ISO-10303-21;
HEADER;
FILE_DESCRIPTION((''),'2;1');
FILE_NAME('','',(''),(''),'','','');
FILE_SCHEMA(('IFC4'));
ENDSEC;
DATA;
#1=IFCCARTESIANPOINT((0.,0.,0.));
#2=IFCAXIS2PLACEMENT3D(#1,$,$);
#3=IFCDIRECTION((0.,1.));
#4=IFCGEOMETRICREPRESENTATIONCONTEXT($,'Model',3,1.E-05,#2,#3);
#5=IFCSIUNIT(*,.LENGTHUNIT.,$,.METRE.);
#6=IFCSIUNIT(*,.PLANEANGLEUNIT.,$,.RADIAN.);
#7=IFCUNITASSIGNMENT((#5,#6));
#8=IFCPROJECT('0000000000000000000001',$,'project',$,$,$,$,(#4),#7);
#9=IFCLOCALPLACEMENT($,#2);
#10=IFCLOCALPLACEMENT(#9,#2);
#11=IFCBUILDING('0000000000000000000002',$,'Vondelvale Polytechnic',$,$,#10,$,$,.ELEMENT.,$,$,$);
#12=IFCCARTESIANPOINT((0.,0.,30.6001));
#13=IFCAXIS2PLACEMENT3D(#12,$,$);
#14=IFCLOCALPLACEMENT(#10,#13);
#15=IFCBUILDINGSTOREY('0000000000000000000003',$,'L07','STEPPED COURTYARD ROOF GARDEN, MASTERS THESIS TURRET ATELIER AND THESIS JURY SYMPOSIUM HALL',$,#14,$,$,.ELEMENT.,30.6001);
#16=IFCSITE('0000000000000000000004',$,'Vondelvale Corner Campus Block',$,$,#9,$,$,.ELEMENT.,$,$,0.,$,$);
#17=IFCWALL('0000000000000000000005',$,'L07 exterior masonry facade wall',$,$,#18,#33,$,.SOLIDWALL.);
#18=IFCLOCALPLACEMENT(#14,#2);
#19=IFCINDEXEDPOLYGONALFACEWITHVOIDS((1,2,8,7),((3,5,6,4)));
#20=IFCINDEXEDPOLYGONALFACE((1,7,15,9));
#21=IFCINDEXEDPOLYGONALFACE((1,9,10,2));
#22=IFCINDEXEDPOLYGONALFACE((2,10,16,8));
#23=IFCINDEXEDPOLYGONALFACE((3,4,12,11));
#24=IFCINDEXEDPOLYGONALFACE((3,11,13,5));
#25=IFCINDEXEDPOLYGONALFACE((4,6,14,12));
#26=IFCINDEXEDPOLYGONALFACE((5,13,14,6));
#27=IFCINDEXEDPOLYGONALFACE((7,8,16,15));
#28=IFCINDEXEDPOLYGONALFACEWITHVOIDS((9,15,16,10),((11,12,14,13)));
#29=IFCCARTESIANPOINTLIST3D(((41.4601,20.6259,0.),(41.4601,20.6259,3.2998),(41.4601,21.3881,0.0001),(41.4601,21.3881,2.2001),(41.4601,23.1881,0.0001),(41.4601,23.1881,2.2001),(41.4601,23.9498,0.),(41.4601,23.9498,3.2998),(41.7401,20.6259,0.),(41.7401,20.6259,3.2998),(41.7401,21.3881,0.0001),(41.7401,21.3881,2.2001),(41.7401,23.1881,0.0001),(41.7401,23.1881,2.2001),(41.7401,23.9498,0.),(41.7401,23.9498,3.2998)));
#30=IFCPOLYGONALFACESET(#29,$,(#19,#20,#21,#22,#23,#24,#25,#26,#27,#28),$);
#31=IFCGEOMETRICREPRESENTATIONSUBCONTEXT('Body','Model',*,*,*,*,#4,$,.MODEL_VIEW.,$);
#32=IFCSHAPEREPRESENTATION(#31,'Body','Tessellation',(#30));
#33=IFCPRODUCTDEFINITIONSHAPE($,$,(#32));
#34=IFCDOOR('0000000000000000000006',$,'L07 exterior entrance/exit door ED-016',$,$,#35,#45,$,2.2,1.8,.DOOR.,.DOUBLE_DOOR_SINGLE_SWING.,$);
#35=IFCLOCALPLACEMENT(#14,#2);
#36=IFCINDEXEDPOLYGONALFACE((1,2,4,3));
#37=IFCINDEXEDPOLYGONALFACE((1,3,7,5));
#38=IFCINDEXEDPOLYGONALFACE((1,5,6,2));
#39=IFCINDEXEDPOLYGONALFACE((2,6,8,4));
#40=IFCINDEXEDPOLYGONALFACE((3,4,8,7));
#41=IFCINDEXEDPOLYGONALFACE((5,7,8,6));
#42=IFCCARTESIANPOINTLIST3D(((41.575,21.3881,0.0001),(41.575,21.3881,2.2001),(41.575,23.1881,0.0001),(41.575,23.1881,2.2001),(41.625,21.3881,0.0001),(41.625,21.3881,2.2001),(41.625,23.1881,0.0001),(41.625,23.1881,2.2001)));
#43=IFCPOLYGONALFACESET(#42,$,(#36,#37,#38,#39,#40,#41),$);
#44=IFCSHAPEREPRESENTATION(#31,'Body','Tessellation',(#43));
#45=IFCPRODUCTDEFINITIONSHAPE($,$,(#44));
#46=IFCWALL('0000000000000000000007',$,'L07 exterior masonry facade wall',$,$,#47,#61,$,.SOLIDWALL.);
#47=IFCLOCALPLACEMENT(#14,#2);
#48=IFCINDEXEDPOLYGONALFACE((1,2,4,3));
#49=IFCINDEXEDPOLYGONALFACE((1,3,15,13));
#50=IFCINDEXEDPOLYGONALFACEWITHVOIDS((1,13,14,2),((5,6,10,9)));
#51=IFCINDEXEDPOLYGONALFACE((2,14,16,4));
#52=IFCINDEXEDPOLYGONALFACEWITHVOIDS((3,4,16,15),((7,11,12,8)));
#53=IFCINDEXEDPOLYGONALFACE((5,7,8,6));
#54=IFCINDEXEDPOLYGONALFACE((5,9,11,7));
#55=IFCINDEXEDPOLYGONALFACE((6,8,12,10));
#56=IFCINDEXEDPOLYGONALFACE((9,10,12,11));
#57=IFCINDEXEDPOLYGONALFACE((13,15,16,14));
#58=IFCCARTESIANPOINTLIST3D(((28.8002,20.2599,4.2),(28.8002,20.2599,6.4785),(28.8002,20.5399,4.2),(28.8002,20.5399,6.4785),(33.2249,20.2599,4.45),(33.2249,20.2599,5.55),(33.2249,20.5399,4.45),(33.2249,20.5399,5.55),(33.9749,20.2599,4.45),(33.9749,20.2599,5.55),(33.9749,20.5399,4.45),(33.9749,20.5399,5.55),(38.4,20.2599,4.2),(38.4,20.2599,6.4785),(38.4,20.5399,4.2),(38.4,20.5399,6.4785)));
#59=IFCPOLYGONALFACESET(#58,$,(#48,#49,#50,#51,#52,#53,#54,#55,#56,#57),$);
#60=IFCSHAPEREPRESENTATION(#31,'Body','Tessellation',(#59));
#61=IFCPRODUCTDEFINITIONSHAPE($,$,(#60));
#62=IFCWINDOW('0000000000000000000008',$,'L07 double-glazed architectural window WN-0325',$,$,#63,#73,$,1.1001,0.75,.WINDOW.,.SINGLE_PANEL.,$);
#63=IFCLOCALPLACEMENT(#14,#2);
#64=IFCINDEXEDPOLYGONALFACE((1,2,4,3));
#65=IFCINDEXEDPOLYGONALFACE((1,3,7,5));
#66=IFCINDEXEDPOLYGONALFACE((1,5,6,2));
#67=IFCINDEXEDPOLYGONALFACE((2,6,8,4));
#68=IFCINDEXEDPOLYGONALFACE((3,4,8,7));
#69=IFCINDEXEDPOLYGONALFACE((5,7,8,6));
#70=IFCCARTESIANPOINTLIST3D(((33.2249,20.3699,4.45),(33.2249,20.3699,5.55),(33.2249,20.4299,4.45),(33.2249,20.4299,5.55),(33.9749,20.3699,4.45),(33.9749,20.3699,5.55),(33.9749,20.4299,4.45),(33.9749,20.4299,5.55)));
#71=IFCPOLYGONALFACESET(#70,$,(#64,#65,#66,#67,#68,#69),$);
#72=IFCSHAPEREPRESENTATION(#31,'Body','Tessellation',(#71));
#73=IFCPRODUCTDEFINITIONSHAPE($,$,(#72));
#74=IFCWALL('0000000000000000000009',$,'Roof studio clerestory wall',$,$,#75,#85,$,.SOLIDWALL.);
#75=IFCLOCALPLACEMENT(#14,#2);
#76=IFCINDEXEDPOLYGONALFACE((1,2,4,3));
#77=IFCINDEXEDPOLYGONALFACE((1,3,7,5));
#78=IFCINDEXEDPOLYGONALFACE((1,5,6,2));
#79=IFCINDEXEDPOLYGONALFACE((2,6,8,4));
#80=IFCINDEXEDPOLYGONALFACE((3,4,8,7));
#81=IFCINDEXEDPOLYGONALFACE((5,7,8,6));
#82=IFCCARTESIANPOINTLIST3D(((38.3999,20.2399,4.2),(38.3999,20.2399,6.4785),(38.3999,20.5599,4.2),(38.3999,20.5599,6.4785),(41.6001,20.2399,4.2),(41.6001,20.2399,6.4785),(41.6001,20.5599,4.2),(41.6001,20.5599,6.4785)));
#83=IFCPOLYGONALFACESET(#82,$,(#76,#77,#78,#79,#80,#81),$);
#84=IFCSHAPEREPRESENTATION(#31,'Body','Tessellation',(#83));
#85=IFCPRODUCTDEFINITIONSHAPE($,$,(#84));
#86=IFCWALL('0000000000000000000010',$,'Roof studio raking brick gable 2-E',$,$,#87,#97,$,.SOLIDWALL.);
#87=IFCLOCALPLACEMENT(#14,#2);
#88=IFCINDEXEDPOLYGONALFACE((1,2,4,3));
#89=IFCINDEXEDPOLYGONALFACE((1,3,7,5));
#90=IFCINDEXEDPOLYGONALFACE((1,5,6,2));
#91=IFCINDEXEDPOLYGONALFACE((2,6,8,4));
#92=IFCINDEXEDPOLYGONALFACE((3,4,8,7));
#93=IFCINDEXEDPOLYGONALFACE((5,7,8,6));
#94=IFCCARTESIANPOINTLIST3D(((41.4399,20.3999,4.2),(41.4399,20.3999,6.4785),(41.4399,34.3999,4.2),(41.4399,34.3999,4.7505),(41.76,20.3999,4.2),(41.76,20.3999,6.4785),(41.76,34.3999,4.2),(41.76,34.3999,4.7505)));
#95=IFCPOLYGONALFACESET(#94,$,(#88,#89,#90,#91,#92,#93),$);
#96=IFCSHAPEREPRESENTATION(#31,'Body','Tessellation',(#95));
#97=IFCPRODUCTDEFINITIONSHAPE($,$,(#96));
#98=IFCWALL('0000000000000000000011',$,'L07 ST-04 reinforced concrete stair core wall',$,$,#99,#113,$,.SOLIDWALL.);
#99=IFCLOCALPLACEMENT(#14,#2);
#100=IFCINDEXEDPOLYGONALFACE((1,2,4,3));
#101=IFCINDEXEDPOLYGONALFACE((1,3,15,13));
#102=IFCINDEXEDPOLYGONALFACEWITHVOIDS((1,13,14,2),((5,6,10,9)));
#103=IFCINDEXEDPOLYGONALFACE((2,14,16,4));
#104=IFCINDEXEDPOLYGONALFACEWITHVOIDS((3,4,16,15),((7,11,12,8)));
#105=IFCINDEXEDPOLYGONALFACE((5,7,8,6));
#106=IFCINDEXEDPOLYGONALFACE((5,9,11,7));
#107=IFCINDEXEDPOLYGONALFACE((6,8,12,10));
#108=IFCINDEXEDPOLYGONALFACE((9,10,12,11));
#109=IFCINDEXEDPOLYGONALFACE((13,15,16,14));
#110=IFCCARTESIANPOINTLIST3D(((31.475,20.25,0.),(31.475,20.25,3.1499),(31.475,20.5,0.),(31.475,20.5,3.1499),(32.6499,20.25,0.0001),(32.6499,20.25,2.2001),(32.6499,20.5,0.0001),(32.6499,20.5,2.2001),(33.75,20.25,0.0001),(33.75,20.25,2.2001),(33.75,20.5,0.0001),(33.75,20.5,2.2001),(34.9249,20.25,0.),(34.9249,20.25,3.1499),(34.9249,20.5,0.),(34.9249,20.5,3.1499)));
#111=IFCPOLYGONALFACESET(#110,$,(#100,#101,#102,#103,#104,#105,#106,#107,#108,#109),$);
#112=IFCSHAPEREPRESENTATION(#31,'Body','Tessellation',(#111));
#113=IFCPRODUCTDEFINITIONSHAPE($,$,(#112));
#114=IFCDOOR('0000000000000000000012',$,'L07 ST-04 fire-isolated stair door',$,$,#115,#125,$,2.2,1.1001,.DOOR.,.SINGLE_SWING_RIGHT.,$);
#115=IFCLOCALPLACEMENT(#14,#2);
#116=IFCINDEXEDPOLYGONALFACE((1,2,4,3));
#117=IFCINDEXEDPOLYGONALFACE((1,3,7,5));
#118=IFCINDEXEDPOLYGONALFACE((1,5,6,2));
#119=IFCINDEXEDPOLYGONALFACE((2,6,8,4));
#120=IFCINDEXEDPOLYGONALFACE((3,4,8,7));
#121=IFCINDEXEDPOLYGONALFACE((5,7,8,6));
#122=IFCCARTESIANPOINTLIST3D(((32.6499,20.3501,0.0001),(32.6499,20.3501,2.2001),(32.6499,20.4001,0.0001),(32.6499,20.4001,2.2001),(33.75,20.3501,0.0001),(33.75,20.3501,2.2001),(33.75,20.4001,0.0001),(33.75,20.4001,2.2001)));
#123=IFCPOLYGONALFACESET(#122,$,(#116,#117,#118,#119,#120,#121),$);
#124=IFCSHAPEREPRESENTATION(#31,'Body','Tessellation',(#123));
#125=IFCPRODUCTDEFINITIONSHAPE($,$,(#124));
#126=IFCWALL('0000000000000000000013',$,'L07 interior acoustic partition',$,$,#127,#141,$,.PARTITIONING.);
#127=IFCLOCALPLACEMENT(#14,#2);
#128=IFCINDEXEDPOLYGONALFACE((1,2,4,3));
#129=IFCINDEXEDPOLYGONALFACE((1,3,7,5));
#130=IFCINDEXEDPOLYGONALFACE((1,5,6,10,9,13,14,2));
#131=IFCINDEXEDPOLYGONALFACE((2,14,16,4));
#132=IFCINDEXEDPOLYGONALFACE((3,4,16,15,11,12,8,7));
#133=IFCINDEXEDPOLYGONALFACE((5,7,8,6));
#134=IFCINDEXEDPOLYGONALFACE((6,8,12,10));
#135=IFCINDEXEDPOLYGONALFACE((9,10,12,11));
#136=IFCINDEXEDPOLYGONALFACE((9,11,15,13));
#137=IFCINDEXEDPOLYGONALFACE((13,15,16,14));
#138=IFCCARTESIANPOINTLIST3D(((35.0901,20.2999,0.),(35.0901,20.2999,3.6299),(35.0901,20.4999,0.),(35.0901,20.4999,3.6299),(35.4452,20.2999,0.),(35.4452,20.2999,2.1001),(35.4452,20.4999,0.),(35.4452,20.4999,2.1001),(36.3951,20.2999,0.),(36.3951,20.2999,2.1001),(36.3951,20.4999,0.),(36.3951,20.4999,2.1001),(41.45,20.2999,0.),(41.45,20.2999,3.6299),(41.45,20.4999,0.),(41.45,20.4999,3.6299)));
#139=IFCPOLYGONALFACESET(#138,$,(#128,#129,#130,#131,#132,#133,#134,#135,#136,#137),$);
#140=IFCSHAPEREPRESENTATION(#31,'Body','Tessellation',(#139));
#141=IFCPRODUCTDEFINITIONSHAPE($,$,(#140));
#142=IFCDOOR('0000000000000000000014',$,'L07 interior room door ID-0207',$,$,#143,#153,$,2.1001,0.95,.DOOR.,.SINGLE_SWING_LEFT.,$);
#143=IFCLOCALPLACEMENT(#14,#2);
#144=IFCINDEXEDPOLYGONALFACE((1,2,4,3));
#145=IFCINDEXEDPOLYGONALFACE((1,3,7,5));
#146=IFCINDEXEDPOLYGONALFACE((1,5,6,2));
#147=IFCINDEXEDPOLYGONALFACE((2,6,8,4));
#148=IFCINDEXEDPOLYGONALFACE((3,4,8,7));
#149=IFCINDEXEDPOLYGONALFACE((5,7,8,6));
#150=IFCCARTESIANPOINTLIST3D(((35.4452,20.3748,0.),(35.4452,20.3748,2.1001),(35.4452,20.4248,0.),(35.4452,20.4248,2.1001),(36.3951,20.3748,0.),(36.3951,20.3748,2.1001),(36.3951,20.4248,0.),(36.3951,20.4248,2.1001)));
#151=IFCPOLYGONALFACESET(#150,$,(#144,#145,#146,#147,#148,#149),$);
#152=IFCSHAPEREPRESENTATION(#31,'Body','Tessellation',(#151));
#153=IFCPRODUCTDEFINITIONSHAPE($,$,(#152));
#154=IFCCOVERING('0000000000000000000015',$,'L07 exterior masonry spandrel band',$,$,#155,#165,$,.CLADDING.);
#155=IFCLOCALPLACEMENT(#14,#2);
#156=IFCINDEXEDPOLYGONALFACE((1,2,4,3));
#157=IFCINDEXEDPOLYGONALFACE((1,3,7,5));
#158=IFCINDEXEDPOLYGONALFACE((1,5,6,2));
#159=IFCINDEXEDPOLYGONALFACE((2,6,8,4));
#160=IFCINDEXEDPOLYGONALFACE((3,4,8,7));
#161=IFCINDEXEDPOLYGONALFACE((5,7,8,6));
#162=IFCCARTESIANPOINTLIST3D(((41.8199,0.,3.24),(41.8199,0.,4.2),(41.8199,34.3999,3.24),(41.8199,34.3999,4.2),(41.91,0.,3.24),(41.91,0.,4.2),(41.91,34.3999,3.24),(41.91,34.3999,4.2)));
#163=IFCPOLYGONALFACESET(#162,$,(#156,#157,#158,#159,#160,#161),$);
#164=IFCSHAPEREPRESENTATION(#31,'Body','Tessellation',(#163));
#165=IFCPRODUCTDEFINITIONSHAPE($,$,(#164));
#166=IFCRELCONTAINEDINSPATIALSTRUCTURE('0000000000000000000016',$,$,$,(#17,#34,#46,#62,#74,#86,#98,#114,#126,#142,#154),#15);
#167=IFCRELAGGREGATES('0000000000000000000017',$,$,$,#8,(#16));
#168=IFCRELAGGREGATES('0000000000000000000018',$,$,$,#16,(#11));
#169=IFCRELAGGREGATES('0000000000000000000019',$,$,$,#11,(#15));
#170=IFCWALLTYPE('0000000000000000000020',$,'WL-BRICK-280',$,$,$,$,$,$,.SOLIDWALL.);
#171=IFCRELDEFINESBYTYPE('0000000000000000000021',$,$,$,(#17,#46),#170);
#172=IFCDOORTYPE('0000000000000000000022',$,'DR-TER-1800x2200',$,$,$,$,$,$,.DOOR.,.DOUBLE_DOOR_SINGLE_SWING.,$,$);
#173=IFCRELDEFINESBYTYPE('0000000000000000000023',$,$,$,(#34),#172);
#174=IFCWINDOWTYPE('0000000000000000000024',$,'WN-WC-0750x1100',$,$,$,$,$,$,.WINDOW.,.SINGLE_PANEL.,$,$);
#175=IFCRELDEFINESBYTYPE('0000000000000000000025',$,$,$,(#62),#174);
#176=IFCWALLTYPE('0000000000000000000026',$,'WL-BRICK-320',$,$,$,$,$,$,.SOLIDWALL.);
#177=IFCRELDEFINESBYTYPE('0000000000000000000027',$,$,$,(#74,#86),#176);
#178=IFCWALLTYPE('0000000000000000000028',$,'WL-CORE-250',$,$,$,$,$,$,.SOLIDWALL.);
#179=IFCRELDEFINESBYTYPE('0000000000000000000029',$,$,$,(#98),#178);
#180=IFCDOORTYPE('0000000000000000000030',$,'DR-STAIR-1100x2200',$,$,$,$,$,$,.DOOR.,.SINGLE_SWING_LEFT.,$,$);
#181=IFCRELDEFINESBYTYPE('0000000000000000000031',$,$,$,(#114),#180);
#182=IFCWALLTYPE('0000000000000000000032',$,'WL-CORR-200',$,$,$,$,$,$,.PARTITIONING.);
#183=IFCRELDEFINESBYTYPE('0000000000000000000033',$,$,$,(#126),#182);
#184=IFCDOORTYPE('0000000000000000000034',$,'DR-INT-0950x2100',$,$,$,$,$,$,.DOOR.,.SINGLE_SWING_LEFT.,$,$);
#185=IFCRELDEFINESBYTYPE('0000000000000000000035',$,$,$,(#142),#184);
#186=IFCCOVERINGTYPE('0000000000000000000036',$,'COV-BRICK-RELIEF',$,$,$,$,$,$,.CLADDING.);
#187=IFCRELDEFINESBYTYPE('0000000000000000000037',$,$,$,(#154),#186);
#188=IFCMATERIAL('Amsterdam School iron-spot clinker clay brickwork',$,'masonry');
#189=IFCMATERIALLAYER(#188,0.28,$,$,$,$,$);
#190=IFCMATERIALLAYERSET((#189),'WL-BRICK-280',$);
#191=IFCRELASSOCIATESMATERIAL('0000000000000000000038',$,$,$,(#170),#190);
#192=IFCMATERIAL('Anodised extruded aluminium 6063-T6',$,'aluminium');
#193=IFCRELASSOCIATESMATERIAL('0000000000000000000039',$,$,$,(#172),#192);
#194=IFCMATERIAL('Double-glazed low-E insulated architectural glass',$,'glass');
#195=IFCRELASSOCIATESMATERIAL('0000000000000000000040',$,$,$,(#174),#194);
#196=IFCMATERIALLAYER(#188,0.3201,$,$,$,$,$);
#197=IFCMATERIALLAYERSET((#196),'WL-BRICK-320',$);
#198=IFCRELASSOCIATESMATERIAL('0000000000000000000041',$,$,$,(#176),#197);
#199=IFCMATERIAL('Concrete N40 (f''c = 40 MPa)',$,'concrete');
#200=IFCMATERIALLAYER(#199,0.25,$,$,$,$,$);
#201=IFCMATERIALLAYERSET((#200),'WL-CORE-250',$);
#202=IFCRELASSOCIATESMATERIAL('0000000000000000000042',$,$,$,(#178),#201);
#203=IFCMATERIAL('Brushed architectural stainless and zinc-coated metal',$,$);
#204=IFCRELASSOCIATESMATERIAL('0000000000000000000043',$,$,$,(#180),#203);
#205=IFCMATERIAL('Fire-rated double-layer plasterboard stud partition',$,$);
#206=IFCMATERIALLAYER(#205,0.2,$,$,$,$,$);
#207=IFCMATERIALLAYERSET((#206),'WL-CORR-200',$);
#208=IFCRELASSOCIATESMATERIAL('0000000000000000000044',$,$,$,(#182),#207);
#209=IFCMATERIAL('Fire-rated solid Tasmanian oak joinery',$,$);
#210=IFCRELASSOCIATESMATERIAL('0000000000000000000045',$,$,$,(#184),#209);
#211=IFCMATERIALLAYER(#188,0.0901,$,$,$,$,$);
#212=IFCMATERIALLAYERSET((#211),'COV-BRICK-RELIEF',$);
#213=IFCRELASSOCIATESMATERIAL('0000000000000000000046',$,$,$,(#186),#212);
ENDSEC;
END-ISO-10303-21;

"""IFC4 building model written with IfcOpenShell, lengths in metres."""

from ifc_helpers import new_model, si_unit, direction, frame, frame_2d, origin, origin_2d, place, context, subcontext, project, spatial, polyline, rectangle, outline, extrude, material, layer, layer_set, type_object, element, fill, save


model = new_model("IFC4")

# Units and contexts
model_context = context("Model", 3, precision=1e-05, world=origin(), true_north=direction((0.0, 1.0)))
body_context = subcontext(model_context, "Body", "Model", "MODEL_VIEW")
ifc_project = project(units=[si_unit("LENGTHUNIT", "METRE"), si_unit("PLANEANGLEUNIT", "RADIAN")], contexts=[model_context])

# Site, building, storey
site_placement = place(None, origin())
site = spatial("IfcSite", under=ifc_project, at=site_placement, Name="Vondelvale Corner Campus Block", CompositionType="ELEMENT", RefElevation=0.0)
building_placement = place(site_placement, origin())
building = spatial("IfcBuilding", under=site, at=building_placement, Name="Vondelvale Polytechnic", CompositionType="ELEMENT")
storey_placement = place(building_placement, frame((0.0, 0.0, 30.6001)))
storey = spatial("IfcBuildingStorey", under=building, at=storey_placement, Name="L07", Description="STEPPED COURTYARD ROOF GARDEN, MASTERS THESIS TURRET ATELIER AND THESIS JURY SYMPOSIUM HALL", CompositionType="ELEMENT", Elevation=30.6001)

# Shared definitions
ifc_material_1 = material(Name="Concrete N40 (f'c = 40 MPa)", Category="concrete")

# Shared definitions
ifc_material_2 = material(Name="Amsterdam School iron-spot clinker clay brickwork", Category="masonry")
ifc_layer_1 = layer(ifc_material_2, 0.28)
ifc_layer_set_1 = layer_set([ifc_layer_1], Name="WL-BRICK-280")
wall_type_1 = type_object("IfcWallType", Name="WL-BRICK-280", PredefinedType="SOLIDWALL", material=ifc_layer_set_1)
ifc_material_3 = material(Name="Double-glazed low-E insulated architectural glass", Category="glass")

# Wall, opening, door
wall_1_placement = place(storey_placement, frame((41.6001, 23.95, 0.0), z_axis=(0.0, 0.0, 1.0), x_axis=(0.0, -1.0, 0.0)))
wall_1 = element("IfcWall", 1, at=wall_1_placement, inside=storey, type_object=wall_type_1, Name="L07 exterior masonry facade wall", PredefinedType="SOLIDWALL", context=body_context, shape_type="SweptSolid", body=[
    extrude(rectangle(XDim=3.324, YDim=0.28, at=frame_2d((1.6621, 0.0))), origin(), (0.0, 0.0, 1.0), 3.2998),
])
opening_1_placement = place(wall_1_placement, frame((0.762, 0.0, 0.0)))
opening_1 = element("IfcOpeningElement", 2, at=opening_1_placement, cuts=wall_1, PredefinedType="OPENING", context=body_context, shape_type="SweptSolid", body=[
    extrude(rectangle(XDim=1.8, YDim=2.2, at=frame_2d((0.8999, 1.1001))), frame((0.0, 0.1499, 0.0), z_axis=(0.0, -1.0, 0.0), x_axis=(1.0, 0.0, 0.0)), (0.0, 0.0, 1.0), 0.3),
])
ifc_material_4 = material(Name="Anodised extruded aluminium 6063-T6", Category="aluminium")
door_type_1 = type_object("IfcDoorType", Name="DR-TER-1800x2200", OperationType="DOUBLE_DOOR_SINGLE_SWING", PredefinedType="DOOR", material=ifc_material_4)
door_1_placement = place(opening_1_placement, origin())
door_1 = element("IfcDoor", 3, at=door_1_placement, inside=storey, type_object=door_type_1, Name="L07 exterior entrance/exit door ED-016", OperationType="DOUBLE_DOOR_SINGLE_SWING", OverallHeight=2.2, OverallWidth=1.8, PredefinedType="DOOR", context=body_context, shape_type="SweptSolid", body=[
    extrude(rectangle(XDim=1.8, YDim=2.2, at=frame_2d((0.8999, 1.1001))), frame((0.0, 0.0249, 0.0), z_axis=(0.0, -1.0, 0.0), x_axis=(1.0, 0.0, 0.0)), (0.0, 0.0, 1.0), 0.05),
])
fill(opening_1, door_1)

# Wall, opening, window
wall_2_placement = place(storey_placement, frame((38.3999, 20.3999, 4.2), z_axis=(0.0, 0.0, 1.0), x_axis=(-1.0, 0.0, 0.0)))
wall_2 = element("IfcWall", 4, at=wall_2_placement, inside=storey, type_object=wall_type_1, Name="L07 exterior masonry facade wall", PredefinedType="SOLIDWALL", context=body_context, shape_type="SweptSolid", body=[
    extrude(rectangle(XDim=9.5999, YDim=0.28, at=frame_2d((4.7998, 0.0))), origin(), (0.0, 0.0, 1.0), 2.2786),
])
opening_2_placement = place(wall_2_placement, frame((4.425, 0.0, 0.25)))
opening_2 = element("IfcOpeningElement", 5, at=opening_2_placement, cuts=wall_2, PredefinedType="OPENING", context=body_context, shape_type="SweptSolid", body=[
    extrude(rectangle(XDim=0.75, YDim=1.1001, at=frame_2d((0.375, 0.55))), frame((0.0, 0.1499, 0.0), z_axis=(0.0, -1.0, 0.0), x_axis=(1.0, 0.0, 0.0)), (0.0, 0.0, 1.0), 0.3),
])
window_type_1 = type_object("IfcWindowType", Name="WN-WC-0750x1100", PartitioningType="SINGLE_PANEL", PredefinedType="WINDOW", material=ifc_material_3)
window_1_placement = place(opening_2_placement, origin())
window_1 = element("IfcWindow", 6, at=window_1_placement, inside=storey, type_object=window_type_1, Name="L07 double-glazed architectural window WN-0325", OverallHeight=1.1001, OverallWidth=0.75, PartitioningType="SINGLE_PANEL", PredefinedType="WINDOW", context=body_context, shape_type="SweptSolid", body=[
    extrude(rectangle(XDim=0.75, YDim=1.1001, at=frame_2d((0.375, 0.55))), frame((0.0, 0.03, 0.0), z_axis=(0.0, -1.0, 0.0), x_axis=(1.0, 0.0, 0.0)), (0.0, 0.0, 1.0), 0.0601),
])
fill(opening_2, window_1)

# Walls
ifc_layer_2 = layer(ifc_material_2, 0.3201)
ifc_layer_set_2 = layer_set([ifc_layer_2], Name="WL-BRICK-320")
wall_type_2 = type_object("IfcWallType", Name="WL-BRICK-320", PredefinedType="SOLIDWALL", material=ifc_layer_set_2)
wall_3_placement = place(storey_placement, frame((38.3999, 20.3999, 4.2), z_axis=(0.0, 0.0, 1.0), x_axis=(1.0, 0.0, 0.0)))
element("IfcWall", 7, at=wall_3_placement, inside=storey, type_object=wall_type_2, Name="Roof studio clerestory wall", PredefinedType="SOLIDWALL", context=body_context, shape_type="SweptSolid", body=[
    extrude(rectangle(XDim=3.2002, YDim=0.3201, at=frame_2d((1.6001, 0.0))), origin(), (0.0, 0.0, 1.0), 2.2786),
])
wall_4_placement = place(storey_placement, frame((41.6001, 20.3999, 4.2), z_axis=(0.0, 0.0, 1.0), x_axis=(0.0, 1.0, 0.0)))
element("IfcWall", 8, at=wall_4_placement, inside=storey, type_object=wall_type_2, Name="Roof studio raking brick gable 2-E", PredefinedType="SOLIDWALL", context=body_context, shape_type="SweptSolid", body=[
    extrude(outline(polyline([(0.0, 0.0), (14.0, 0.0), (14.0, 0.5505), (0.0, 2.2786), (0.0, 0.0)])), frame((0.0, 0.1602, 0.0), z_axis=(0.0, -1.0, 0.0), x_axis=(1.0, 0.0, 0.0)), (0.0, 0.0, 1.0), 0.3201),
])

# Walls, openings, doors
ifc_layer_3 = layer(ifc_material_1, 0.25)
ifc_layer_set_3 = layer_set([ifc_layer_3], Name="WL-CORE-250")
wall_type_3 = type_object("IfcWallType", Name="WL-CORE-250", PredefinedType="SOLIDWALL", material=ifc_layer_set_3)
wall_5_placement = place(storey_placement, frame((34.925, 20.375, 0.0), z_axis=(0.0, 0.0, 1.0), x_axis=(-1.0, 0.0, 0.0)))
wall_5 = element("IfcWall", 9, at=wall_5_placement, inside=storey, type_object=wall_type_3, Name="L07 ST-04 reinforced concrete stair core wall", PredefinedType="SOLIDWALL", context=body_context, shape_type="SweptSolid", body=[
    extrude(rectangle(XDim=3.45, YDim=0.25, at=frame_2d((1.7251, 0.0))), origin(), (0.0, 0.0, 1.0), 3.1499),
])
opening_3_placement = place(wall_5_placement, frame((1.175, 0.0, 0.0)))
opening_3 = element("IfcOpeningElement", 10, at=opening_3_placement, cuts=wall_5, PredefinedType="OPENING", context=body_context, shape_type="SweptSolid", body=[
    extrude(rectangle(XDim=1.1001, YDim=2.2, at=frame_2d((0.55, 1.1001))), frame((0.0, 0.135, 0.0), z_axis=(0.0, -1.0, 0.0), x_axis=(1.0, 0.0, 0.0)), (0.0, 0.0, 1.0), 0.27),
])
ifc_material_5 = material(Name="Brushed architectural stainless and zinc-coated metal")
door_type_2 = type_object("IfcDoorType", Name="DR-STAIR-1100x2200", OperationType="SINGLE_SWING_LEFT", PredefinedType="DOOR", material=ifc_material_5)
door_2_placement = place(opening_3_placement, origin())
door_2 = element("IfcDoor", 11, at=door_2_placement, inside=storey, type_object=door_type_2, Name="L07 ST-04 fire-isolated stair door", OperationType="SINGLE_SWING_RIGHT", OverallHeight=2.2, OverallWidth=1.1001, PredefinedType="DOOR", context=body_context, shape_type="SweptSolid", body=[
    extrude(rectangle(XDim=1.1001, YDim=2.2, at=frame_2d((0.55, 1.1001))), frame((0.0, 0.0249, 0.0), z_axis=(0.0, -1.0, 0.0), x_axis=(1.0, 0.0, 0.0)), (0.0, 0.0, 1.0), 0.05),
])
fill(opening_3, door_2)
ifc_material_6 = material(Name="Fire-rated double-layer plasterboard stud partition")
ifc_layer_4 = layer(ifc_material_6, 0.2)
ifc_layer_set_4 = layer_set([ifc_layer_4], Name="WL-CORR-200")
wall_type_4 = type_object("IfcWallType", Name="WL-CORR-200", PredefinedType="PARTITIONING", material=ifc_layer_set_4)
wall_6_placement = place(storey_placement, frame((35.0901, 20.3999, 0.0), z_axis=(0.0, 0.0, 1.0), x_axis=(1.0, 0.0, 0.0)))
wall_6 = element("IfcWall", 12, at=wall_6_placement, inside=storey, type_object=wall_type_4, Name="L07 interior acoustic partition", PredefinedType="PARTITIONING", context=body_context, shape_type="SweptSolid", body=[
    extrude(rectangle(XDim=6.3599, YDim=0.2, at=frame_2d((3.1799, 0.0))), origin(), (0.0, 0.0, 1.0), 3.6299),
])
opening_4_placement = place(wall_6_placement, frame((0.355, 0.0, 0.0)))
opening_4 = element("IfcOpeningElement", 13, at=opening_4_placement, cuts=wall_6, PredefinedType="OPENING", context=body_context, shape_type="SweptSolid", body=[
    extrude(rectangle(XDim=0.95, YDim=2.1001, at=frame_2d((0.4751, 1.05))), frame((0.0, 0.1099, 0.0), z_axis=(0.0, -1.0, 0.0), x_axis=(1.0, 0.0, 0.0)), (0.0, 0.0, 1.0), 0.22),
])
ifc_material_7 = material(Name="Fire-rated solid Tasmanian oak joinery")
door_type_3 = type_object("IfcDoorType", Name="DR-INT-0950x2100", OperationType="SINGLE_SWING_LEFT", PredefinedType="DOOR", material=ifc_material_7)
door_3_placement = place(opening_4_placement, origin())
door_3 = element("IfcDoor", 14, at=door_3_placement, inside=storey, type_object=door_type_3, Name="L07 interior room door ID-0207", OperationType="SINGLE_SWING_LEFT", OverallHeight=2.1001, OverallWidth=0.95, PredefinedType="DOOR", context=body_context, shape_type="SweptSolid", body=[
    extrude(rectangle(XDim=0.95, YDim=2.1001, at=frame_2d((0.4751, 1.05))), frame((0.0, 0.0249, 0.0), z_axis=(0.0, -1.0, 0.0), x_axis=(1.0, 0.0, 0.0)), (0.0, 0.0, 1.0), 0.05),
])
fill(opening_4, door_3)

# Covering
ifc_layer_5 = layer(ifc_material_2, 0.0901)
ifc_layer_set_5 = layer_set([ifc_layer_5], Name="COV-BRICK-RELIEF")
covering_type = type_object("IfcCoveringType", Name="COV-BRICK-RELIEF", PredefinedType="CLADDING", material=ifc_layer_set_5)
covering_1_placement = place(storey_placement, frame((41.865, 17.2, 3.24), z_axis=(0.0, 0.0, 1.0), x_axis=(0.0, 1.0, 0.0)))
element("IfcCovering", 15, at=covering_1_placement, inside=storey, type_object=covering_type, Name="L07 exterior masonry spandrel band", PredefinedType="CLADDING", context=body_context, shape_type="SweptSolid", body=[
    extrude(rectangle(XDim=34.3999, YDim=0.0901, at=origin_2d()), origin(), (0.0, 0.0, 1.0), 0.96),
])

save(model, "model.ifc")
